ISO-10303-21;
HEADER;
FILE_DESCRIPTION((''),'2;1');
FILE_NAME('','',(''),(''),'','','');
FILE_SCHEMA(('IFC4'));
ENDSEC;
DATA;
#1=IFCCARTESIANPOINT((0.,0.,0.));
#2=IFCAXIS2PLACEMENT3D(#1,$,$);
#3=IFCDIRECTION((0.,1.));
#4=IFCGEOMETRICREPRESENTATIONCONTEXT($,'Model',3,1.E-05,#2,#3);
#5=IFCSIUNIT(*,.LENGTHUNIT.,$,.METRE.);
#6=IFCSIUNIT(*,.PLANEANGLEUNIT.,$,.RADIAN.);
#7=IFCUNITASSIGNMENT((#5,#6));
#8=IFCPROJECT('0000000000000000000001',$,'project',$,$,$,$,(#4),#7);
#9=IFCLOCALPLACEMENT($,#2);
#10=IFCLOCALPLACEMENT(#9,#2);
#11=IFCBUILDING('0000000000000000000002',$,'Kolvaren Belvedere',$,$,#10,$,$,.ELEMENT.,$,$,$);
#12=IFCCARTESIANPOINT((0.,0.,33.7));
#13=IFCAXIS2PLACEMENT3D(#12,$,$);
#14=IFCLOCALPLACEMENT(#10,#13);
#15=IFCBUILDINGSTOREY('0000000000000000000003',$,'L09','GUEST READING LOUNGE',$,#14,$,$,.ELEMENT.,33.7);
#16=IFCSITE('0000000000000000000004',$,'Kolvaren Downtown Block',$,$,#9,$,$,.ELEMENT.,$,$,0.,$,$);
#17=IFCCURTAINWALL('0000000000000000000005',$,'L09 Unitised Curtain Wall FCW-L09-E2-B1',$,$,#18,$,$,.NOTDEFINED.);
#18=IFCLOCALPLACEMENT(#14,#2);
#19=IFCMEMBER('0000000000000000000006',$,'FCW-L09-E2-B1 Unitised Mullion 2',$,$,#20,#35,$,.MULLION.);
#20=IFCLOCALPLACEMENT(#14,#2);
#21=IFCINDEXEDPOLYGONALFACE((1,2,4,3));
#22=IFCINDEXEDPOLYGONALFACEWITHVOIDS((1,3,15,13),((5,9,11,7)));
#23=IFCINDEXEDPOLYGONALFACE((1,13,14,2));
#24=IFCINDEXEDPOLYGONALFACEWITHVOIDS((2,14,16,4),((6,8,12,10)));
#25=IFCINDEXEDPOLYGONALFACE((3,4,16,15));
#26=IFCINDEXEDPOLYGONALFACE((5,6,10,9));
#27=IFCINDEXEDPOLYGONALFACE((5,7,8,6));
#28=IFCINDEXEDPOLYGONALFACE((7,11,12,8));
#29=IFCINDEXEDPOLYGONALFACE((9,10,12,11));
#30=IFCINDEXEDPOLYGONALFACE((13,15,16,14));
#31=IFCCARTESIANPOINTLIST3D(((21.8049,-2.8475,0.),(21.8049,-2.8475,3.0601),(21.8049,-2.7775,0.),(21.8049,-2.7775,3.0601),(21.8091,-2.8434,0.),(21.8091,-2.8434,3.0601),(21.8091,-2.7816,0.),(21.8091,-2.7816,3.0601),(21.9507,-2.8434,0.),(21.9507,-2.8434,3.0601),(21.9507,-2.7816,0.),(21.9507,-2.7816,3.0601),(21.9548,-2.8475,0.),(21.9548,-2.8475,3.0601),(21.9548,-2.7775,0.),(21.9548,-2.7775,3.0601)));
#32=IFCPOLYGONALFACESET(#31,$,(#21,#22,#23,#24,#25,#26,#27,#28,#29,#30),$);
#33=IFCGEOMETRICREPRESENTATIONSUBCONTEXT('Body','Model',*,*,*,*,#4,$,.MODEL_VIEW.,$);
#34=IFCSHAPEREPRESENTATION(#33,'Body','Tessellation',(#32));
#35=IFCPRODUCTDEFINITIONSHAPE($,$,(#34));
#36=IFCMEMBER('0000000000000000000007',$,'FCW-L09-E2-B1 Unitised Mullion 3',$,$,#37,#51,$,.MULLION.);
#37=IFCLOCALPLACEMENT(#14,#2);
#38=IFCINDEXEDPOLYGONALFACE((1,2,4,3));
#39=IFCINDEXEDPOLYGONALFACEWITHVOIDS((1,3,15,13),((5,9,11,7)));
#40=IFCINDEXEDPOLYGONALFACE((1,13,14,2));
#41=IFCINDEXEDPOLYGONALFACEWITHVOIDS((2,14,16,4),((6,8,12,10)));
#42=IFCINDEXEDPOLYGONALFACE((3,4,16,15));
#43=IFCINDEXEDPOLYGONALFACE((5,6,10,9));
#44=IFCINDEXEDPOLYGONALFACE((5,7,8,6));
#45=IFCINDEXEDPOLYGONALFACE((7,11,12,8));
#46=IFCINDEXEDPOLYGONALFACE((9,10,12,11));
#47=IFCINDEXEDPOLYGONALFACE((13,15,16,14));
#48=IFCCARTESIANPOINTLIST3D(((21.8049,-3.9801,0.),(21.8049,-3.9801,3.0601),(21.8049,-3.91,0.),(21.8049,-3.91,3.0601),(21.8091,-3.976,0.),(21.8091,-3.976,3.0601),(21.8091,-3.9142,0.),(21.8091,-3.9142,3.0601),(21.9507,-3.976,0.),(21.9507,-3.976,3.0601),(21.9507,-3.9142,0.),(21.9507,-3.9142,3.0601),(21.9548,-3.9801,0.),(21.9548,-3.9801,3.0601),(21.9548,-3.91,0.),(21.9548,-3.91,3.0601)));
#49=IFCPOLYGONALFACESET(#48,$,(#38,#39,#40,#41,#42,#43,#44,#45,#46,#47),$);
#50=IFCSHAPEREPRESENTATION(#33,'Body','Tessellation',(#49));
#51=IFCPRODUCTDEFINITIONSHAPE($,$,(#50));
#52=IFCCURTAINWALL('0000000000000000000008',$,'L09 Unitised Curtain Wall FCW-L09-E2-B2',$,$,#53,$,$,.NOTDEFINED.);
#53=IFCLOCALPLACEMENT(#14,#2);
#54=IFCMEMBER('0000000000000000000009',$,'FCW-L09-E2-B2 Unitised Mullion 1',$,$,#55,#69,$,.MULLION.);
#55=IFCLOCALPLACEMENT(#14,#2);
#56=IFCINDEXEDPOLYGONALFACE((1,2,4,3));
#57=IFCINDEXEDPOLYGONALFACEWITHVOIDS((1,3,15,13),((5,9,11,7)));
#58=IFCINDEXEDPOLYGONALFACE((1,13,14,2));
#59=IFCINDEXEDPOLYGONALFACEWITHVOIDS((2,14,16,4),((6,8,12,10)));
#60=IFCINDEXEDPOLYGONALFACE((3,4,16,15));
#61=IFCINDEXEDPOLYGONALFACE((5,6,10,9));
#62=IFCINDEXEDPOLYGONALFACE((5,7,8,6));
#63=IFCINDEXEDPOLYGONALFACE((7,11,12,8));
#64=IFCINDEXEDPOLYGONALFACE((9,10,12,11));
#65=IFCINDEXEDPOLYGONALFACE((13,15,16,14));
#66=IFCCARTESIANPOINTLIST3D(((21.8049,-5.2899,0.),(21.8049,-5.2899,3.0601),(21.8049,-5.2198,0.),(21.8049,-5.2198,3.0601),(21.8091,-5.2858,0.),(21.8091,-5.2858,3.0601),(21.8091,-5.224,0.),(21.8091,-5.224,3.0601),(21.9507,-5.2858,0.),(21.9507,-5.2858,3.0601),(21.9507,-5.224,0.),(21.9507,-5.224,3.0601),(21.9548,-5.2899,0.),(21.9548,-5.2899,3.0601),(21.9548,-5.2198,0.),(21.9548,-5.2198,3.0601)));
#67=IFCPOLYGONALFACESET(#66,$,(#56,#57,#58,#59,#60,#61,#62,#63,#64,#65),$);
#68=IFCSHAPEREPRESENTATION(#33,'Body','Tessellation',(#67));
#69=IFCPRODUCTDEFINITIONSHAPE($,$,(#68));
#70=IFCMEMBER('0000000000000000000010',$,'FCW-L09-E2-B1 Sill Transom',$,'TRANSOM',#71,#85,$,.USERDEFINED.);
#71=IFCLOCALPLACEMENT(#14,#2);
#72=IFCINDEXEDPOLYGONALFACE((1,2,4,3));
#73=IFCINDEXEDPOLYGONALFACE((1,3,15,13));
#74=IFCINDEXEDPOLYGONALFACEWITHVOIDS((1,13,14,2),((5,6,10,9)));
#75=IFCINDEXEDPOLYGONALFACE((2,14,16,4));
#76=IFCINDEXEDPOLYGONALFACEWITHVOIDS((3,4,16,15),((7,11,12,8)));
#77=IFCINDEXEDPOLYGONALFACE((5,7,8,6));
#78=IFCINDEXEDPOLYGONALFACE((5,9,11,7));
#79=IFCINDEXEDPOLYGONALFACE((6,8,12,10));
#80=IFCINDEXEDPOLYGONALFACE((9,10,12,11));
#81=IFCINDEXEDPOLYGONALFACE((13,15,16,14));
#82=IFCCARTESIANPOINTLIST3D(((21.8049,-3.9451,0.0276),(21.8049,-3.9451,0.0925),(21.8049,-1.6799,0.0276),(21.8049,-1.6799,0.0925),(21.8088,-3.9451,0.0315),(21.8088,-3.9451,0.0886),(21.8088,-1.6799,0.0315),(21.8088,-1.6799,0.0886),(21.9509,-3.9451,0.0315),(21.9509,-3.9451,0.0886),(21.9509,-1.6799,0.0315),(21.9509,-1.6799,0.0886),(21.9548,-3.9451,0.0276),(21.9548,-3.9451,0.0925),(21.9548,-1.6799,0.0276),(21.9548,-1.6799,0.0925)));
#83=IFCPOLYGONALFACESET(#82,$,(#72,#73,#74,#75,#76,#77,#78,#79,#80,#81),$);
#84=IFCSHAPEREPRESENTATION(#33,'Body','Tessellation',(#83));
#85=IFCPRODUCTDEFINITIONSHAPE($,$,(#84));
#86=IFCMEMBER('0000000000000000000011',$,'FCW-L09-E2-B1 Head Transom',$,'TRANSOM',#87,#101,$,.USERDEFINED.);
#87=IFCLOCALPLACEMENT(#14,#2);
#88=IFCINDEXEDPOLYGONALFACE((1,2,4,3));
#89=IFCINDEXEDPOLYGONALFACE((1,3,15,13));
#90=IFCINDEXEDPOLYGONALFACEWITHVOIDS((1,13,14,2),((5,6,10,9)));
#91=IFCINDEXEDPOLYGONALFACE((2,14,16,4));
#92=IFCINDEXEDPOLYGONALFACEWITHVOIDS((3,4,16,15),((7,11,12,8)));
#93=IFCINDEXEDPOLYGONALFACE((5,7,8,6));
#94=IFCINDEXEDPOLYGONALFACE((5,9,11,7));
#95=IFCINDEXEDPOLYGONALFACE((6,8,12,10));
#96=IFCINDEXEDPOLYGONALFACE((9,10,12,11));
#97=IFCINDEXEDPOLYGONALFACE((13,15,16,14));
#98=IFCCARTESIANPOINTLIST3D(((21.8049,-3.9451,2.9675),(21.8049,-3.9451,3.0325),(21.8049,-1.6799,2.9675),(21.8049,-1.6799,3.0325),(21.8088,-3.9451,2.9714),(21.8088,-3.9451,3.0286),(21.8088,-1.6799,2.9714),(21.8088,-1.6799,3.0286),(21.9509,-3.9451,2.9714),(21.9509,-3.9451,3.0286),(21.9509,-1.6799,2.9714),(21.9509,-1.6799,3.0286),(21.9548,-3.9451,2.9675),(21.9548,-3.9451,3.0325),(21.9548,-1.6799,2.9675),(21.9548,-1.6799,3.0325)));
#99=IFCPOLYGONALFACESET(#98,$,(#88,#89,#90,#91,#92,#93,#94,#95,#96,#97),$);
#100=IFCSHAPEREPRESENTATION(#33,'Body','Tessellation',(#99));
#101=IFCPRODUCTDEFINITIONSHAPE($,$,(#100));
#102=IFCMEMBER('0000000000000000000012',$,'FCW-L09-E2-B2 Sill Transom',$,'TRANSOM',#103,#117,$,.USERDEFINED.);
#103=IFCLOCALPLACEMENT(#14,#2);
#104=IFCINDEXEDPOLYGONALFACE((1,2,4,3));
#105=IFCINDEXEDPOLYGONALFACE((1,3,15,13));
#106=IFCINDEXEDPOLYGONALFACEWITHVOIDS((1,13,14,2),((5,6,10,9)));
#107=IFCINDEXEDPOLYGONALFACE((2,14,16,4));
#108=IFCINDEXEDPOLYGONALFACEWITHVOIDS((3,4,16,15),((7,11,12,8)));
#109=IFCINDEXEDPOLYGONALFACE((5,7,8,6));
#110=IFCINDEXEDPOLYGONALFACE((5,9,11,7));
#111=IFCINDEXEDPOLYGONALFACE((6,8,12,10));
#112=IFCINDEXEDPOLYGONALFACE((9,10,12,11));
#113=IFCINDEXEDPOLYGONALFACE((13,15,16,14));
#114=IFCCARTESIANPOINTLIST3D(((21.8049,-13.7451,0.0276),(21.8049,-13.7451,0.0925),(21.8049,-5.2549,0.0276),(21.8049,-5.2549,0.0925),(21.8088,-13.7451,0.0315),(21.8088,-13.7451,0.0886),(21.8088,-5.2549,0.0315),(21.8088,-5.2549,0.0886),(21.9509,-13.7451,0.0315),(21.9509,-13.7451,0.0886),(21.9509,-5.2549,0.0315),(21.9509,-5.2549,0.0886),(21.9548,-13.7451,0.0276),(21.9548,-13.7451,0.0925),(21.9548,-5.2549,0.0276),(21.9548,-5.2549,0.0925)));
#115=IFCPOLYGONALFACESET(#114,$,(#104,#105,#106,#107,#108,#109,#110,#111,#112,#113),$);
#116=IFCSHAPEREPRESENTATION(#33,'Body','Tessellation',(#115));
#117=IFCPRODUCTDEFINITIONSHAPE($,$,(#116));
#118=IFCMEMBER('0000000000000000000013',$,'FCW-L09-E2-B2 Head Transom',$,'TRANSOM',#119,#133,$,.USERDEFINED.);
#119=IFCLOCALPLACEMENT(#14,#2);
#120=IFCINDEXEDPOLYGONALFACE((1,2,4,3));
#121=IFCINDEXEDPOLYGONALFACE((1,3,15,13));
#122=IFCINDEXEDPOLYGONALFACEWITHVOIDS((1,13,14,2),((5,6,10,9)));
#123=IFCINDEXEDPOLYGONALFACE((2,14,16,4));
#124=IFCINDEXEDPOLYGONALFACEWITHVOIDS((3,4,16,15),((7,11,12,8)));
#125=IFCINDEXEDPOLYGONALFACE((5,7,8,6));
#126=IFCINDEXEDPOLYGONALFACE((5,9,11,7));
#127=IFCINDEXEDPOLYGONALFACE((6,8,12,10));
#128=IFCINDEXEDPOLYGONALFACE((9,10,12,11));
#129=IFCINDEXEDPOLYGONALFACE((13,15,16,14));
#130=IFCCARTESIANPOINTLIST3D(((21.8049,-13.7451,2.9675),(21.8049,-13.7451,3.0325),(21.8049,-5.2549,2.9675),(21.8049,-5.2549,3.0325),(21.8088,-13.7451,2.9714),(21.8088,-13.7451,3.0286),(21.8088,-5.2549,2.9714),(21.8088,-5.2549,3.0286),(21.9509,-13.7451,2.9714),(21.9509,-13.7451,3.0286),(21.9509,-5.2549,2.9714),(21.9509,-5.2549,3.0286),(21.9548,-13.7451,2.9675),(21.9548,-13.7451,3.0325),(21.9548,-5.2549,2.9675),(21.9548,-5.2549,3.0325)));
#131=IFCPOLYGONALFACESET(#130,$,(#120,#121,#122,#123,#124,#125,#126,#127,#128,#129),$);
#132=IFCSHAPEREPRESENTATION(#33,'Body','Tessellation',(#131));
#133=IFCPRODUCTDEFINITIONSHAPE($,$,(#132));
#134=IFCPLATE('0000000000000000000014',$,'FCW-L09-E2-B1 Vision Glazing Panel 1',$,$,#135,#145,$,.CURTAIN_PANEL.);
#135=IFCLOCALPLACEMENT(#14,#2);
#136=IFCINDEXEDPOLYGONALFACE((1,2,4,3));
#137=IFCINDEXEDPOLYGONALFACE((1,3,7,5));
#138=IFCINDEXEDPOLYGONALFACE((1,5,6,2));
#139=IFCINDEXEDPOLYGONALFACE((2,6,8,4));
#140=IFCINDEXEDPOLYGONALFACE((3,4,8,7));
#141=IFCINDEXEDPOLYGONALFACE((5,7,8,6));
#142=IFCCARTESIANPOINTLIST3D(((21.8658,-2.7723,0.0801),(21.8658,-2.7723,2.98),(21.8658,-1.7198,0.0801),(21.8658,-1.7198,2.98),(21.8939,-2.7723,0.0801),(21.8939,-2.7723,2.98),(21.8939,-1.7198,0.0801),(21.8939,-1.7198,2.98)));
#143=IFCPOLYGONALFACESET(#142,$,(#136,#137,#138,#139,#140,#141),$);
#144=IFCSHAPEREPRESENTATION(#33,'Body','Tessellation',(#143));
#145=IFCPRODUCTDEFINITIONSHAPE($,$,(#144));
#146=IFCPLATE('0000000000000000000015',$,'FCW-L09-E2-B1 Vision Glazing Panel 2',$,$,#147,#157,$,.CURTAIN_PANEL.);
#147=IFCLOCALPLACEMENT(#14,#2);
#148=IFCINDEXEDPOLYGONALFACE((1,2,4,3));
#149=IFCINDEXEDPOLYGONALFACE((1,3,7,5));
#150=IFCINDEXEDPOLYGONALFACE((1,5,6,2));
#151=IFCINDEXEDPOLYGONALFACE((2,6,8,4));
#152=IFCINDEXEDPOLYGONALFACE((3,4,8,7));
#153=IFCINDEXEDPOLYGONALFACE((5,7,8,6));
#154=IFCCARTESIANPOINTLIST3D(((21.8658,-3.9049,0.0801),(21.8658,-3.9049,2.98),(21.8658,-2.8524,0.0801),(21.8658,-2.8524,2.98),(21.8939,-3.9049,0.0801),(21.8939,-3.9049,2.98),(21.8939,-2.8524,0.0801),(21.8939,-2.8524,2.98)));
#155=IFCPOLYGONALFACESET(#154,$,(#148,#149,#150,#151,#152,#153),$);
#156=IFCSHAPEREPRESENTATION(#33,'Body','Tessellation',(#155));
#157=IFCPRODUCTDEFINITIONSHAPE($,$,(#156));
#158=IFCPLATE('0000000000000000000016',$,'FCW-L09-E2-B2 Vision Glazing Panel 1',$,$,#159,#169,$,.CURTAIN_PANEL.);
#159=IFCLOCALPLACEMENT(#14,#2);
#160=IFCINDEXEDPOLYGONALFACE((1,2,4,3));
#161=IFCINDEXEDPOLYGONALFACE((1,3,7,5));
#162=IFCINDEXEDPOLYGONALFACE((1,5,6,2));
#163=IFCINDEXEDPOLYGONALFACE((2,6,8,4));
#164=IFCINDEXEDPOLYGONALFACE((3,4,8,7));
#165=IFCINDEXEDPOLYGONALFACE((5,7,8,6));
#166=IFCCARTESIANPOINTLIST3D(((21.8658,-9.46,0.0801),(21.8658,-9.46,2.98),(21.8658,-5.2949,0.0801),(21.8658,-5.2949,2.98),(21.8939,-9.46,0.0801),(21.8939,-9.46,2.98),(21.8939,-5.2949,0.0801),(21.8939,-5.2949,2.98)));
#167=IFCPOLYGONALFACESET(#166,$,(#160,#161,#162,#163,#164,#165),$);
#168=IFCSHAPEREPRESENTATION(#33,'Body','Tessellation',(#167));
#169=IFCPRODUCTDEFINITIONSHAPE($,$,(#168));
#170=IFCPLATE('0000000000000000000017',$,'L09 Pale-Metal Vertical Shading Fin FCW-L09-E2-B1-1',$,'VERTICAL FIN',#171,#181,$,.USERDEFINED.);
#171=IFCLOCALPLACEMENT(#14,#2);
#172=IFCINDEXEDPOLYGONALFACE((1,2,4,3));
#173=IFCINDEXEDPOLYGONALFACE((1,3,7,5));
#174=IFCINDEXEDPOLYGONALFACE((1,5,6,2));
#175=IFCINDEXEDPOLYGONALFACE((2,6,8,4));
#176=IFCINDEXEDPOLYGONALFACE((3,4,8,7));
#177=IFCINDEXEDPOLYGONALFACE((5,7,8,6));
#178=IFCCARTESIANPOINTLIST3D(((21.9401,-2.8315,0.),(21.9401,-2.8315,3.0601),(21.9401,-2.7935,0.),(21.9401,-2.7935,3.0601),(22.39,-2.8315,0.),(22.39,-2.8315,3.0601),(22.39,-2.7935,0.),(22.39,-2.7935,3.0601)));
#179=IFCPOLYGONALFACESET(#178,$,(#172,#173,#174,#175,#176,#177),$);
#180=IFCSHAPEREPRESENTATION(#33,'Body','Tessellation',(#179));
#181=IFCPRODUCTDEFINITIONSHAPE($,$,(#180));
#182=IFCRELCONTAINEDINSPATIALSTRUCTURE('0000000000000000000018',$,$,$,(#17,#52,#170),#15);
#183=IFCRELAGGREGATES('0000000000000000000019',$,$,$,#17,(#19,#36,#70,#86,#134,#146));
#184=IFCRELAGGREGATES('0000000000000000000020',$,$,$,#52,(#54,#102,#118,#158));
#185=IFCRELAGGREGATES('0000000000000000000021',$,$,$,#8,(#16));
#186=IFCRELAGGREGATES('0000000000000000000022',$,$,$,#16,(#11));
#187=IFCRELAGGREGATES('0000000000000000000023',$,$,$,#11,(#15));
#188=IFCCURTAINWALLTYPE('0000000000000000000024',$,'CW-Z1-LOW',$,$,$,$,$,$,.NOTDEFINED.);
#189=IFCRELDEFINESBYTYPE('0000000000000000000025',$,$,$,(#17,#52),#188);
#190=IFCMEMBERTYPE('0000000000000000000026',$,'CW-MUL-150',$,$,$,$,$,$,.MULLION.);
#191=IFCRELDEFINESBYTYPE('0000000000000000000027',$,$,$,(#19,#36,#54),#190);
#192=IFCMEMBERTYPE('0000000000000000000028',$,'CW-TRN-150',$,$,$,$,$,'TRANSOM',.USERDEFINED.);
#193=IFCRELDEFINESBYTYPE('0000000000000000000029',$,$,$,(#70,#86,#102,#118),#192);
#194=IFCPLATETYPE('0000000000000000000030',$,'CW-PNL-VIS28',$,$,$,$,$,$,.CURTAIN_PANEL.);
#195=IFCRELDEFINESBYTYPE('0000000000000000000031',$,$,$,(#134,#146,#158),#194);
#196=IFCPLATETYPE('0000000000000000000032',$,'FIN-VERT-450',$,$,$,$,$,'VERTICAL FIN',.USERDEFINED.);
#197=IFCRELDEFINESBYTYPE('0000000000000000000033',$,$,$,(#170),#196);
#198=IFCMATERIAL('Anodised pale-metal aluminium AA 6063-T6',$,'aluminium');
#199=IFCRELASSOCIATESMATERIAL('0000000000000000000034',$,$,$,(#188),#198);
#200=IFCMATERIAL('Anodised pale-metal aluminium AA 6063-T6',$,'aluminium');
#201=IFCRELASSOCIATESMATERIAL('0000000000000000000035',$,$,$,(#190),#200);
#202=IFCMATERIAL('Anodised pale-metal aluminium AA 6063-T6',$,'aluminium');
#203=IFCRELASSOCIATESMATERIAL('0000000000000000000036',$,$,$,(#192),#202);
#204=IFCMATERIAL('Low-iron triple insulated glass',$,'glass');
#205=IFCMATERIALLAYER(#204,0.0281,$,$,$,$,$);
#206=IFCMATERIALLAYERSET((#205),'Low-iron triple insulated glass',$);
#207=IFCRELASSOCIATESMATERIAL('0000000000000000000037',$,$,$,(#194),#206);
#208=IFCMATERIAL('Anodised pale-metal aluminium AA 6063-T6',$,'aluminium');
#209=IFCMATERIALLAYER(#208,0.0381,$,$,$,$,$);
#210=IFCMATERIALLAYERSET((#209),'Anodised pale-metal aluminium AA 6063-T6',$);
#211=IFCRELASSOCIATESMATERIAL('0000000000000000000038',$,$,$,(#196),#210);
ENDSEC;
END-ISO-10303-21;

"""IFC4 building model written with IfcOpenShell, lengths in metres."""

from ifc_helpers import new_model, si_unit, direction, frame, origin, origin_2d, place, context, subcontext, project, spatial, rectangle, hollow_rectangle, extrude, material, layer, layer_set, material_profile, profile_set, type_object, element, aggregate, save


model = new_model("IFC4")

# Units and contexts
model_context = context("Model", 3, precision=1e-05, world=origin(), true_north=direction((0.0, 1.0)))
body_context = subcontext(model_context, "Body", "Model", "MODEL_VIEW")
ifc_project = project(units=[si_unit("LENGTHUNIT", "METRE"), si_unit("PLANEANGLEUNIT", "RADIAN")], contexts=[model_context])

# Site, building, storey
site_placement = place(None, origin())
site = spatial("IfcSite", under=ifc_project, at=site_placement, Name="Kolvaren Downtown Block", CompositionType="ELEMENT", RefElevation=0.0)
building_placement = place(site_placement, origin())
building = spatial("IfcBuilding", under=site, at=building_placement, Name="Kolvaren Belvedere", CompositionType="ELEMENT")
storey_placement = place(building_placement, frame((0.0, 0.0, 33.7)))
storey = spatial("IfcBuildingStorey", under=building, at=storey_placement, Name="L09", Description="GUEST READING LOUNGE", CompositionType="ELEMENT", Elevation=33.7)

# Curtain wall, members
ifc_material_1 = material(Name="Anodised pale-metal aluminium AA 6063-T6", Category="aluminium")
curtain_wall_type = type_object("IfcCurtainWallType", Name="CW-Z1-LOW", PredefinedType="NOTDEFINED", material=ifc_material_1)
curtain_wall_1_placement = place(storey_placement, origin())
curtain_wall_1 = element("IfcCurtainWall", 1, at=curtain_wall_1_placement, inside=storey, type_object=curtain_wall_type, Name="L09 Unitised Curtain Wall FCW-L09-E2-B1", PredefinedType="NOTDEFINED")
ifc_material_2 = material(Name="Anodised pale-metal aluminium AA 6063-T6", Category="aluminium")
ifc_material_profile_1 = material_profile(ifc_material_2, hollow_rectangle(XDim=0.0701, YDim=0.1499, WallThickness=0.0042, at=origin_2d()), Name="ALU-MUL-150X70")
ifc_profile_set_1 = profile_set([ifc_material_profile_1], Name="Anodised pale-metal aluminium AA 6063-T6")
member_type_1 = type_object("IfcMemberType", Name="CW-MUL-150", PredefinedType="MULLION", material=ifc_profile_set_1)
member_1_placement = place(storey_placement, frame((21.8799, -2.8125, 0.0), z_axis=(0.0, 0.0, 1.0), x_axis=(0.0, 1.0, 0.0)))
member_1 = element("IfcMember", 2, at=member_1_placement, type_object=member_type_1, Name="FCW-L09-E2-B1 Unitised Mullion 2", PredefinedType="MULLION", context=body_context, shape_type="SweptSolid", body=[
    extrude(hollow_rectangle(XDim=0.0701, YDim=0.1499, WallThickness=0.0042, at=origin_2d()), origin(), (0.0, 0.0, 1.0), 3.0601),
])
member_2_placement = place(storey_placement, frame((21.8799, -3.9451, 0.0), z_axis=(0.0, 0.0, 1.0), x_axis=(0.0, 1.0, 0.0)))
member_2 = element("IfcMember", 3, at=member_2_placement, type_object=member_type_1, Name="FCW-L09-E2-B1 Unitised Mullion 3", PredefinedType="MULLION", context=body_context, shape_type="SweptSolid", body=[
    extrude(hollow_rectangle(XDim=0.0701, YDim=0.1499, WallThickness=0.0042, at=origin_2d()), origin(), (0.0, 0.0, 1.0), 3.0601),
])

# Curtain wall, member
curtain_wall_2_placement = place(storey_placement, origin())
curtain_wall_2 = element("IfcCurtainWall", 4, at=curtain_wall_2_placement, inside=storey, type_object=curtain_wall_type, Name="L09 Unitised Curtain Wall FCW-L09-E2-B2", PredefinedType="NOTDEFINED")
member_3_placement = place(storey_placement, frame((21.8799, -5.2549, 0.0), z_axis=(0.0, 0.0, 1.0), x_axis=(0.0, 1.0, 0.0)))
member_3 = element("IfcMember", 5, at=member_3_placement, type_object=member_type_1, Name="FCW-L09-E2-B2 Unitised Mullion 1", PredefinedType="MULLION", context=body_context, shape_type="SweptSolid", body=[
    extrude(hollow_rectangle(XDim=0.0701, YDim=0.1499, WallThickness=0.0042, at=origin_2d()), origin(), (0.0, 0.0, 1.0), 3.0601),
])

# Members
ifc_material_3 = material(Name="Anodised pale-metal aluminium AA 6063-T6", Category="aluminium")
ifc_material_profile_2 = material_profile(ifc_material_3, hollow_rectangle(XDim=0.0649, YDim=0.1499, WallThickness=0.0039, at=origin_2d()), Name="ALU-TRN-150X65")
ifc_profile_set_2 = profile_set([ifc_material_profile_2], Name="Anodised pale-metal aluminium AA 6063-T6")
member_type_2 = type_object("IfcMemberType", Name="CW-TRN-150", ElementType="TRANSOM", PredefinedType="USERDEFINED", material=ifc_profile_set_2)
member_4_placement = place(storey_placement, frame((21.8799, -1.6799, 0.0601), z_axis=(0.0, -1.0, 0.0), x_axis=(0.0, 0.0, 1.0)))
member_4 = element("IfcMember", 6, at=member_4_placement, type_object=member_type_2, Name="FCW-L09-E2-B1 Sill Transom", ObjectType="TRANSOM", PredefinedType="USERDEFINED", context=body_context, shape_type="SweptSolid", body=[
    extrude(hollow_rectangle(XDim=0.0649, YDim=0.1499, WallThickness=0.0039, at=origin_2d()), origin(), (0.0, 0.0, 1.0), 2.2651),
])
member_5_placement = place(storey_placement, frame((21.8799, -1.6799, 3.0), z_axis=(0.0, -1.0, 0.0), x_axis=(0.0, 0.0, 1.0)))
member_5 = element("IfcMember", 7, at=member_5_placement, type_object=member_type_2, Name="FCW-L09-E2-B1 Head Transom", ObjectType="TRANSOM", PredefinedType="USERDEFINED", context=body_context, shape_type="SweptSolid", body=[
    extrude(hollow_rectangle(XDim=0.0649, YDim=0.1499, WallThickness=0.0039, at=origin_2d()), origin(), (0.0, 0.0, 1.0), 2.2651),
])
member_6_placement = place(storey_placement, frame((21.8799, -5.2549, 0.0601), z_axis=(0.0, -1.0, 0.0), x_axis=(0.0, 0.0, 1.0)))
member_6 = element("IfcMember", 8, at=member_6_placement, type_object=member_type_2, Name="FCW-L09-E2-B2 Sill Transom", ObjectType="TRANSOM", PredefinedType="USERDEFINED", context=body_context, shape_type="SweptSolid", body=[
    extrude(hollow_rectangle(XDim=0.0649, YDim=0.1499, WallThickness=0.0039, at=origin_2d()), origin(), (0.0, 0.0, 1.0), 8.4902),
])
member_7_placement = place(storey_placement, frame((21.8799, -5.2549, 3.0), z_axis=(0.0, -1.0, 0.0), x_axis=(0.0, 0.0, 1.0)))
member_7 = element("IfcMember", 9, at=member_7_placement, type_object=member_type_2, Name="FCW-L09-E2-B2 Head Transom", ObjectType="TRANSOM", PredefinedType="USERDEFINED", context=body_context, shape_type="SweptSolid", body=[
    extrude(hollow_rectangle(XDim=0.0649, YDim=0.1499, WallThickness=0.0039, at=origin_2d()), origin(), (0.0, 0.0, 1.0), 8.4902),
])

# Plates
ifc_material_4 = material(Name="Low-iron triple insulated glass", Category="glass")
ifc_layer_1 = layer(ifc_material_4, 0.0281)
ifc_layer_set_1 = layer_set([ifc_layer_1], Name="Low-iron triple insulated glass")
plate_type_1 = type_object("IfcPlateType", Name="CW-PNL-VIS28", PredefinedType="CURTAIN_PANEL", material=ifc_layer_set_1)
plate_1_placement = place(storey_placement, frame((21.8799, -2.2461, 0.0801), z_axis=(0.0, 0.0, 1.0), x_axis=(0.0, -1.0, 0.0)))
plate_1 = element("IfcPlate", 10, at=plate_1_placement, type_object=plate_type_1, Name="FCW-L09-E2-B1 Vision Glazing Panel 1", PredefinedType="CURTAIN_PANEL", context=body_context, shape_type="SweptSolid", body=[
    extrude(rectangle(XDim=1.0525, YDim=0.0281, at=origin_2d()), origin(), (0.0, 0.0, 1.0), 2.8999),
])
plate_2_placement = place(storey_placement, frame((21.8799, -3.3787, 0.0801), z_axis=(0.0, 0.0, 1.0), x_axis=(0.0, -1.0, 0.0)))
plate_2 = element("IfcPlate", 11, at=plate_2_placement, type_object=plate_type_1, Name="FCW-L09-E2-B1 Vision Glazing Panel 2", PredefinedType="CURTAIN_PANEL", context=body_context, shape_type="SweptSolid", body=[
    extrude(rectangle(XDim=1.0525, YDim=0.0281, at=origin_2d()), origin(), (0.0, 0.0, 1.0), 2.8999),
])
aggregate(curtain_wall_1, [member_1, member_2, member_4, member_5, plate_1, plate_2])
plate_3_placement = place(storey_placement, frame((21.8799, -7.3774, 0.0801), z_axis=(0.0, 0.0, 1.0), x_axis=(0.0, -1.0, 0.0)))
plate_3 = element("IfcPlate", 12, at=plate_3_placement, type_object=plate_type_1, Name="FCW-L09-E2-B2 Vision Glazing Panel 1", PredefinedType="CURTAIN_PANEL", context=body_context, shape_type="SweptSolid", body=[
    extrude(rectangle(XDim=4.165, YDim=0.0281, at=origin_2d()), origin(), (0.0, 0.0, 1.0), 2.8999),
])
aggregate(curtain_wall_2, [member_3, member_6, member_7, plate_3])
ifc_material_5 = material(Name="Anodised pale-metal aluminium AA 6063-T6", Category="aluminium")
ifc_layer_2 = layer(ifc_material_5, 0.0381)
ifc_layer_set_2 = layer_set([ifc_layer_2], Name="Anodised pale-metal aluminium AA 6063-T6")
plate_type_2 = type_object("IfcPlateType", Name="FIN-VERT-450", ElementType="VERTICAL FIN", PredefinedType="USERDEFINED", material=ifc_layer_set_2)
plate_4_placement = place(storey_placement, frame((22.165, -2.8125, 0.0), z_axis=(0.0, 0.0, 1.0), x_axis=(1.0, 0.0, 0.0)))
element("IfcPlate", 13, at=plate_4_placement, inside=storey, type_object=plate_type_2, Name="L09 Pale-Metal Vertical Shading Fin FCW-L09-E2-B1-1", ObjectType="VERTICAL FIN", PredefinedType="USERDEFINED", context=body_context, shape_type="SweptSolid", body=[
    extrude(rectangle(XDim=0.45, YDim=0.0381, at=origin_2d()), origin(), (0.0, 0.0, 1.0), 3.0601),
])

save(model, "model.ifc")
